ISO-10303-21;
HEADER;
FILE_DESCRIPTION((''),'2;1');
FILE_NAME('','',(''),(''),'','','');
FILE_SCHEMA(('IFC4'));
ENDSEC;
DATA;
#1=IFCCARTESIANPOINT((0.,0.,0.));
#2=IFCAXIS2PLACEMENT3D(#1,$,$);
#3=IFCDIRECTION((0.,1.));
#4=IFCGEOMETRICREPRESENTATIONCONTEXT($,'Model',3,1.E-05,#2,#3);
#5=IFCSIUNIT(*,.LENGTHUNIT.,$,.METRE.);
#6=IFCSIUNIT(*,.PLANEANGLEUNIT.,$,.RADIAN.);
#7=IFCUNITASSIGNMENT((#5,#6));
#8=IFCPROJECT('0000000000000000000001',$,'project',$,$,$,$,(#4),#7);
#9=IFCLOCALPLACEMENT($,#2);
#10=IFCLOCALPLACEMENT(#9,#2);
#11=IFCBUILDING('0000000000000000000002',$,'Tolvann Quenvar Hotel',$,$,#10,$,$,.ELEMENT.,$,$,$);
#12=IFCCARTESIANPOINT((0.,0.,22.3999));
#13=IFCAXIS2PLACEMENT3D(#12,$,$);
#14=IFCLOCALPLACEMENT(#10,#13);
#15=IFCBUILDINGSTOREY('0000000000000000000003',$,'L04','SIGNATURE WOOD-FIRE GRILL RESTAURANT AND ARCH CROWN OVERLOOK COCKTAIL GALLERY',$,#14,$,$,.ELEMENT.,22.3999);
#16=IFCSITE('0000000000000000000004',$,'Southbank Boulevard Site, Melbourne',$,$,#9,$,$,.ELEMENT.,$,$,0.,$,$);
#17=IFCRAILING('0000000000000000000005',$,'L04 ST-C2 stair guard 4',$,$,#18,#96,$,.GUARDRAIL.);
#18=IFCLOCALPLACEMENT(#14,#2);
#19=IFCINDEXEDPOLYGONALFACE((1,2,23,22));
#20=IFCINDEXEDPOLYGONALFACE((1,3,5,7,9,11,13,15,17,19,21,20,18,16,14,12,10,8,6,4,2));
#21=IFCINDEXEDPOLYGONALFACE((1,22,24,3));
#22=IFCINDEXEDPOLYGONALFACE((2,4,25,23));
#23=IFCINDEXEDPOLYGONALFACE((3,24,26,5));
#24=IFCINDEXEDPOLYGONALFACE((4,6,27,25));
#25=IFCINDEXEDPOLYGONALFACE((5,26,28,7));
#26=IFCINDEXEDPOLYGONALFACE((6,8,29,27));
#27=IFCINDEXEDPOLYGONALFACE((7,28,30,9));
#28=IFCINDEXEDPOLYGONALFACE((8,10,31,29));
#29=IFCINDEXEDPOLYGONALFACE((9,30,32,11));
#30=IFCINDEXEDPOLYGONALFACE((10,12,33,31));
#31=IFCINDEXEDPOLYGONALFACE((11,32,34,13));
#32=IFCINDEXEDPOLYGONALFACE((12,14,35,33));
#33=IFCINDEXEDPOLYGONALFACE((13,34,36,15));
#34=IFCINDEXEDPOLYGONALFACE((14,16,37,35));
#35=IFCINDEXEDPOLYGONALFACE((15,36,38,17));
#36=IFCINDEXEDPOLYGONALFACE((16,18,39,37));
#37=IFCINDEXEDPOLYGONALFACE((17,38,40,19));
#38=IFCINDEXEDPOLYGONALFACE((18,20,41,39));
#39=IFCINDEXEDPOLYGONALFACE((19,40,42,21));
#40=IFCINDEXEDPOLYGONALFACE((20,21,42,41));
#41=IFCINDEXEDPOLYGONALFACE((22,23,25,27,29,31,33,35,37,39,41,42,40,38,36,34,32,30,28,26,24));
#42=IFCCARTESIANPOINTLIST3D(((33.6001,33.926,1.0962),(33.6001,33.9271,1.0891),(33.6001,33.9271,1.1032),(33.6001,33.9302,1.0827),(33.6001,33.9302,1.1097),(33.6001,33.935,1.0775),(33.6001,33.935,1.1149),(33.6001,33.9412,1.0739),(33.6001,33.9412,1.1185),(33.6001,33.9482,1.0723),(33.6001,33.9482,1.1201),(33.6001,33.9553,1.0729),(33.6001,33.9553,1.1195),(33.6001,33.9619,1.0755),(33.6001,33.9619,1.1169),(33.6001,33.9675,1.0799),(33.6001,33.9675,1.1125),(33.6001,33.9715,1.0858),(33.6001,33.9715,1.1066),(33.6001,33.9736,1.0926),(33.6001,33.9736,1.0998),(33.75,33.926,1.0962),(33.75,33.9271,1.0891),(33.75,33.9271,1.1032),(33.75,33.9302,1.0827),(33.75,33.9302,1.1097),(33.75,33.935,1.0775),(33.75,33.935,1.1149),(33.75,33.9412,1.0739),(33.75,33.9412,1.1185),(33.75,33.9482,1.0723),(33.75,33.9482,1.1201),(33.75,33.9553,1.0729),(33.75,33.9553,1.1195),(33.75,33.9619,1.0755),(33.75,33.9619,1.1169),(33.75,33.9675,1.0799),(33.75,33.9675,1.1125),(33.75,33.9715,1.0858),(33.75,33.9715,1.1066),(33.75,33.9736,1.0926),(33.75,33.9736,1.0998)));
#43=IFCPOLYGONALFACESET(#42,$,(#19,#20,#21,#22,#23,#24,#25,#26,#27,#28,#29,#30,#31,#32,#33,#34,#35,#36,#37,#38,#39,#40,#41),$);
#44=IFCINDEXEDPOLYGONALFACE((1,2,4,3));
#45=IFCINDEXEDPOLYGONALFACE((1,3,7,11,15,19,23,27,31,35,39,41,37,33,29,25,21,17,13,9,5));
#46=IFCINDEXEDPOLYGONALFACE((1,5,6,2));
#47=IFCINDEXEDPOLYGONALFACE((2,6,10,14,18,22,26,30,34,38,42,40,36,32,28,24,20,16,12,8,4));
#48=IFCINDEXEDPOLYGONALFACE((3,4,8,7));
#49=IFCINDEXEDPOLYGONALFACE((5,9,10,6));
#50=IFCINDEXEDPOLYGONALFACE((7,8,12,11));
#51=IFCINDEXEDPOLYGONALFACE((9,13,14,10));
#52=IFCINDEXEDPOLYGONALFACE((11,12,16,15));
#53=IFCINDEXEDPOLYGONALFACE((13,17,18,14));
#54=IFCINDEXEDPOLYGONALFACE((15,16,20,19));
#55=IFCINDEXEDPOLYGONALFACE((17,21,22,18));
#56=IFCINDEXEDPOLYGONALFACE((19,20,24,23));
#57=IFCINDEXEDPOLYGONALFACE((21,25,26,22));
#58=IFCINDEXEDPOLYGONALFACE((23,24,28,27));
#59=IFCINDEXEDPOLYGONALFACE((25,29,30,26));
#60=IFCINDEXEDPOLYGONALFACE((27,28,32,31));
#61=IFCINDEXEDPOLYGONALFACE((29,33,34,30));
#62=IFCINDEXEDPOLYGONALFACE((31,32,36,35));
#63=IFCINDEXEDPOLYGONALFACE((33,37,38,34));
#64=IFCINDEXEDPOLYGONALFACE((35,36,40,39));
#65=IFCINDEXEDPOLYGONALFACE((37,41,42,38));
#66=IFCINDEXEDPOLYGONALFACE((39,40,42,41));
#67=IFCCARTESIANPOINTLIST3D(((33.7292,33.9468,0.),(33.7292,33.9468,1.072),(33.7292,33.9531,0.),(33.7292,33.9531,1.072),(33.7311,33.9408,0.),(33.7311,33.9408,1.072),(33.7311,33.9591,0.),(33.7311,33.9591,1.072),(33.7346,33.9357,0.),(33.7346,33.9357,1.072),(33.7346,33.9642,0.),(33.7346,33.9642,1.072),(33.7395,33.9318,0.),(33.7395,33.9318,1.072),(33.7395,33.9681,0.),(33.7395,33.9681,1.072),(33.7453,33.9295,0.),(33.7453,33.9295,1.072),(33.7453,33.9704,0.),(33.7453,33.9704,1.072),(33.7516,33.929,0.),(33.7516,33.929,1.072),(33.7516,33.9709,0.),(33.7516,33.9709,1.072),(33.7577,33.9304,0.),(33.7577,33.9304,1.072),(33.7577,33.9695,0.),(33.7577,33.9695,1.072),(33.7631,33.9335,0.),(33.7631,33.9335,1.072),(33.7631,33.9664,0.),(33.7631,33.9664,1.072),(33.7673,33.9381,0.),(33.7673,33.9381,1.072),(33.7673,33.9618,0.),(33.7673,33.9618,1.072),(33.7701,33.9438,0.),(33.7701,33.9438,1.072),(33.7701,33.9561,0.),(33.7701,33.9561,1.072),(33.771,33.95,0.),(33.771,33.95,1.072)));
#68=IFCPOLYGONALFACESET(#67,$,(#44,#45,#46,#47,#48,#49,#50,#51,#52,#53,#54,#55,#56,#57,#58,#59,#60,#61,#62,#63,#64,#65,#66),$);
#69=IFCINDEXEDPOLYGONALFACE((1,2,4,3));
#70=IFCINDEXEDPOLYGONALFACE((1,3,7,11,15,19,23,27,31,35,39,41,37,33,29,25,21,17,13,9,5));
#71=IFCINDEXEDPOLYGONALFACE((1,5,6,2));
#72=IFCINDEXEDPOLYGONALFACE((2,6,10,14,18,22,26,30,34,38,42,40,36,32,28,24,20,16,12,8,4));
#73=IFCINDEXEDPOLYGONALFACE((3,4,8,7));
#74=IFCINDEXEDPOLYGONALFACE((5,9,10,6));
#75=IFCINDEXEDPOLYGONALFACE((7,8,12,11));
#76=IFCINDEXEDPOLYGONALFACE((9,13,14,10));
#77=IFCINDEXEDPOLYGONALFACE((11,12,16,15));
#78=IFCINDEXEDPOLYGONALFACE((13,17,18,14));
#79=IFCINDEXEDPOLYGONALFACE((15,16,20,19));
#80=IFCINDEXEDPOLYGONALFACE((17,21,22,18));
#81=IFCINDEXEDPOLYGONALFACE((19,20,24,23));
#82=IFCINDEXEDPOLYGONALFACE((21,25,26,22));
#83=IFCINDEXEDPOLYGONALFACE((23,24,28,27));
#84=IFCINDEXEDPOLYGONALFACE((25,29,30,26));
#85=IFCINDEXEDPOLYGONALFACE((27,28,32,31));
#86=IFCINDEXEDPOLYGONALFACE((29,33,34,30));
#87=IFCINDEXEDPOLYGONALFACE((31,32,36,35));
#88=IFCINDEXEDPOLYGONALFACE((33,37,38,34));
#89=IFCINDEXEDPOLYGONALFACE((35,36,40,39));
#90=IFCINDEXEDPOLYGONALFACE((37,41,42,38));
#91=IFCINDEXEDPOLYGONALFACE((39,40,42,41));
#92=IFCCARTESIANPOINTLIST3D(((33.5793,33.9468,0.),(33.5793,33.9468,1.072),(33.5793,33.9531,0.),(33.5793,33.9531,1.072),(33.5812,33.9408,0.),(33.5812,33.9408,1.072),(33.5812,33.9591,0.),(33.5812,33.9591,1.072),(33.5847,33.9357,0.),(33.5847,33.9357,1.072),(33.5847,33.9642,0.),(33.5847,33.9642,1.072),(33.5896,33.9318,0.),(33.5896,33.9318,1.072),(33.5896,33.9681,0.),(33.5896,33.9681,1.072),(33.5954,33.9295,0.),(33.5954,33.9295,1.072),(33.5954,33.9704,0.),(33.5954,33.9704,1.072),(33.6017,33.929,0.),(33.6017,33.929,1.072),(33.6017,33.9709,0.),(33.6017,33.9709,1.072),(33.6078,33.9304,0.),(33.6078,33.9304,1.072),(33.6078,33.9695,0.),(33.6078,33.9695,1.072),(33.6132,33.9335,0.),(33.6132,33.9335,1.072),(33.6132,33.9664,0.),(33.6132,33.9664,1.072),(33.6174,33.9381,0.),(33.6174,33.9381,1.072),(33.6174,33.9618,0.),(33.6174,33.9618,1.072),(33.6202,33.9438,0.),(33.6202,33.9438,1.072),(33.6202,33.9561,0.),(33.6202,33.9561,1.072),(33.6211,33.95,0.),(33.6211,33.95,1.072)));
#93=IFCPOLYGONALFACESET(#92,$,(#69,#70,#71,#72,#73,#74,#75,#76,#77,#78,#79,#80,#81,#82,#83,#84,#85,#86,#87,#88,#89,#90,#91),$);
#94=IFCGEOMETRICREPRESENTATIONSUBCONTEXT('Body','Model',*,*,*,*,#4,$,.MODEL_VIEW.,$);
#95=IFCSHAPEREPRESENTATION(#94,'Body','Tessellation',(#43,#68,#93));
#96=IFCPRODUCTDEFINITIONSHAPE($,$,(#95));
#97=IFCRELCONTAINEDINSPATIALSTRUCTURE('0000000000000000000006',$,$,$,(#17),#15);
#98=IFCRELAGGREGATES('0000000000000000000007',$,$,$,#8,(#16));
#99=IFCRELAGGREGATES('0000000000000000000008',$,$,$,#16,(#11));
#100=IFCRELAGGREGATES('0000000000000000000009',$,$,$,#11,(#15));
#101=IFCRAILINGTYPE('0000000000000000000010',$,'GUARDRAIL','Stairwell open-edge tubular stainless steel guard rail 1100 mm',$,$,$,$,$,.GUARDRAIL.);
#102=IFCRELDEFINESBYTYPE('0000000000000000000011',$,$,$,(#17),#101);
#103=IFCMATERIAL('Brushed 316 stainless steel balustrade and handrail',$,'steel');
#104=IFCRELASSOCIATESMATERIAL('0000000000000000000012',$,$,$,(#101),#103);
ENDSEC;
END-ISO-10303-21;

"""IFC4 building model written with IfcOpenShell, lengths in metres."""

from ifc_helpers import new_model, si_unit, direction, frame, origin, origin_2d, place, context, subcontext, project, spatial, circle, extrude, material, type_object, element, save


model = new_model("IFC4")

# Units and contexts
model_context = context("Model", 3, precision=1e-05, world=origin(), true_north=direction((0.0, 1.0)))
body_context = subcontext(model_context, "Body", "Model", "MODEL_VIEW")
ifc_project = project(units=[si_unit("LENGTHUNIT", "METRE"), si_unit("PLANEANGLEUNIT", "RADIAN")], contexts=[model_context])

# Site, building, storey
site_placement = place(None, origin())
site = spatial("IfcSite", under=ifc_project, at=site_placement, Name="Southbank Boulevard Site, Melbourne", CompositionType="ELEMENT", RefElevation=0.0)
building_placement = place(site_placement, origin())
building = spatial("IfcBuilding", under=site, at=building_placement, Name="Tolvann Quenvar Hotel", CompositionType="ELEMENT")
storey_placement = place(building_placement, frame((0.0, 0.0, 22.3999)))
storey = spatial("IfcBuildingStorey", under=building, at=storey_placement, Name="L04", Description="SIGNATURE WOOD-FIRE GRILL RESTAURANT AND ARCH CROWN OVERLOOK COCKTAIL GALLERY", CompositionType="ELEMENT", Elevation=22.3999)

# Railing
ifc_material_1 = material(Name="Brushed 316 stainless steel balustrade and handrail", Category="steel")
railing_type = type_object("IfcRailingType", Name="GUARDRAIL", Description="Stairwell open-edge tubular stainless steel guard rail 1100 mm", PredefinedType="GUARDRAIL", material=ifc_material_1)
railing_1_placement = place(storey_placement, frame((33.75, 33.95, 0.0)))
element("IfcRailing", 1, at=railing_1_placement, inside=storey, type_object=railing_type, Name="L04 ST-C2 stair guard 4", PredefinedType="GUARDRAIL", context=body_context, shape_type="SweptSolid", body=[
    extrude(circle(Radius=0.0239, at=origin_2d()), frame((0.0, 0.0, 1.0962), z_axis=(-1.0, 0.0, 0.0), x_axis=(0.0, -1.0, 0.0)), (0.0, 0.0, 1.0), 0.1499),
    extrude(circle(Radius=0.021, at=origin_2d()), origin(), (0.0, 0.0, 1.0), 1.072),
    extrude(circle(Radius=0.021, at=origin_2d()), frame((-0.1499, 0.0, 0.0)), (0.0, 0.0, 1.0), 1.072),
])

save(model, "model.ifc")
